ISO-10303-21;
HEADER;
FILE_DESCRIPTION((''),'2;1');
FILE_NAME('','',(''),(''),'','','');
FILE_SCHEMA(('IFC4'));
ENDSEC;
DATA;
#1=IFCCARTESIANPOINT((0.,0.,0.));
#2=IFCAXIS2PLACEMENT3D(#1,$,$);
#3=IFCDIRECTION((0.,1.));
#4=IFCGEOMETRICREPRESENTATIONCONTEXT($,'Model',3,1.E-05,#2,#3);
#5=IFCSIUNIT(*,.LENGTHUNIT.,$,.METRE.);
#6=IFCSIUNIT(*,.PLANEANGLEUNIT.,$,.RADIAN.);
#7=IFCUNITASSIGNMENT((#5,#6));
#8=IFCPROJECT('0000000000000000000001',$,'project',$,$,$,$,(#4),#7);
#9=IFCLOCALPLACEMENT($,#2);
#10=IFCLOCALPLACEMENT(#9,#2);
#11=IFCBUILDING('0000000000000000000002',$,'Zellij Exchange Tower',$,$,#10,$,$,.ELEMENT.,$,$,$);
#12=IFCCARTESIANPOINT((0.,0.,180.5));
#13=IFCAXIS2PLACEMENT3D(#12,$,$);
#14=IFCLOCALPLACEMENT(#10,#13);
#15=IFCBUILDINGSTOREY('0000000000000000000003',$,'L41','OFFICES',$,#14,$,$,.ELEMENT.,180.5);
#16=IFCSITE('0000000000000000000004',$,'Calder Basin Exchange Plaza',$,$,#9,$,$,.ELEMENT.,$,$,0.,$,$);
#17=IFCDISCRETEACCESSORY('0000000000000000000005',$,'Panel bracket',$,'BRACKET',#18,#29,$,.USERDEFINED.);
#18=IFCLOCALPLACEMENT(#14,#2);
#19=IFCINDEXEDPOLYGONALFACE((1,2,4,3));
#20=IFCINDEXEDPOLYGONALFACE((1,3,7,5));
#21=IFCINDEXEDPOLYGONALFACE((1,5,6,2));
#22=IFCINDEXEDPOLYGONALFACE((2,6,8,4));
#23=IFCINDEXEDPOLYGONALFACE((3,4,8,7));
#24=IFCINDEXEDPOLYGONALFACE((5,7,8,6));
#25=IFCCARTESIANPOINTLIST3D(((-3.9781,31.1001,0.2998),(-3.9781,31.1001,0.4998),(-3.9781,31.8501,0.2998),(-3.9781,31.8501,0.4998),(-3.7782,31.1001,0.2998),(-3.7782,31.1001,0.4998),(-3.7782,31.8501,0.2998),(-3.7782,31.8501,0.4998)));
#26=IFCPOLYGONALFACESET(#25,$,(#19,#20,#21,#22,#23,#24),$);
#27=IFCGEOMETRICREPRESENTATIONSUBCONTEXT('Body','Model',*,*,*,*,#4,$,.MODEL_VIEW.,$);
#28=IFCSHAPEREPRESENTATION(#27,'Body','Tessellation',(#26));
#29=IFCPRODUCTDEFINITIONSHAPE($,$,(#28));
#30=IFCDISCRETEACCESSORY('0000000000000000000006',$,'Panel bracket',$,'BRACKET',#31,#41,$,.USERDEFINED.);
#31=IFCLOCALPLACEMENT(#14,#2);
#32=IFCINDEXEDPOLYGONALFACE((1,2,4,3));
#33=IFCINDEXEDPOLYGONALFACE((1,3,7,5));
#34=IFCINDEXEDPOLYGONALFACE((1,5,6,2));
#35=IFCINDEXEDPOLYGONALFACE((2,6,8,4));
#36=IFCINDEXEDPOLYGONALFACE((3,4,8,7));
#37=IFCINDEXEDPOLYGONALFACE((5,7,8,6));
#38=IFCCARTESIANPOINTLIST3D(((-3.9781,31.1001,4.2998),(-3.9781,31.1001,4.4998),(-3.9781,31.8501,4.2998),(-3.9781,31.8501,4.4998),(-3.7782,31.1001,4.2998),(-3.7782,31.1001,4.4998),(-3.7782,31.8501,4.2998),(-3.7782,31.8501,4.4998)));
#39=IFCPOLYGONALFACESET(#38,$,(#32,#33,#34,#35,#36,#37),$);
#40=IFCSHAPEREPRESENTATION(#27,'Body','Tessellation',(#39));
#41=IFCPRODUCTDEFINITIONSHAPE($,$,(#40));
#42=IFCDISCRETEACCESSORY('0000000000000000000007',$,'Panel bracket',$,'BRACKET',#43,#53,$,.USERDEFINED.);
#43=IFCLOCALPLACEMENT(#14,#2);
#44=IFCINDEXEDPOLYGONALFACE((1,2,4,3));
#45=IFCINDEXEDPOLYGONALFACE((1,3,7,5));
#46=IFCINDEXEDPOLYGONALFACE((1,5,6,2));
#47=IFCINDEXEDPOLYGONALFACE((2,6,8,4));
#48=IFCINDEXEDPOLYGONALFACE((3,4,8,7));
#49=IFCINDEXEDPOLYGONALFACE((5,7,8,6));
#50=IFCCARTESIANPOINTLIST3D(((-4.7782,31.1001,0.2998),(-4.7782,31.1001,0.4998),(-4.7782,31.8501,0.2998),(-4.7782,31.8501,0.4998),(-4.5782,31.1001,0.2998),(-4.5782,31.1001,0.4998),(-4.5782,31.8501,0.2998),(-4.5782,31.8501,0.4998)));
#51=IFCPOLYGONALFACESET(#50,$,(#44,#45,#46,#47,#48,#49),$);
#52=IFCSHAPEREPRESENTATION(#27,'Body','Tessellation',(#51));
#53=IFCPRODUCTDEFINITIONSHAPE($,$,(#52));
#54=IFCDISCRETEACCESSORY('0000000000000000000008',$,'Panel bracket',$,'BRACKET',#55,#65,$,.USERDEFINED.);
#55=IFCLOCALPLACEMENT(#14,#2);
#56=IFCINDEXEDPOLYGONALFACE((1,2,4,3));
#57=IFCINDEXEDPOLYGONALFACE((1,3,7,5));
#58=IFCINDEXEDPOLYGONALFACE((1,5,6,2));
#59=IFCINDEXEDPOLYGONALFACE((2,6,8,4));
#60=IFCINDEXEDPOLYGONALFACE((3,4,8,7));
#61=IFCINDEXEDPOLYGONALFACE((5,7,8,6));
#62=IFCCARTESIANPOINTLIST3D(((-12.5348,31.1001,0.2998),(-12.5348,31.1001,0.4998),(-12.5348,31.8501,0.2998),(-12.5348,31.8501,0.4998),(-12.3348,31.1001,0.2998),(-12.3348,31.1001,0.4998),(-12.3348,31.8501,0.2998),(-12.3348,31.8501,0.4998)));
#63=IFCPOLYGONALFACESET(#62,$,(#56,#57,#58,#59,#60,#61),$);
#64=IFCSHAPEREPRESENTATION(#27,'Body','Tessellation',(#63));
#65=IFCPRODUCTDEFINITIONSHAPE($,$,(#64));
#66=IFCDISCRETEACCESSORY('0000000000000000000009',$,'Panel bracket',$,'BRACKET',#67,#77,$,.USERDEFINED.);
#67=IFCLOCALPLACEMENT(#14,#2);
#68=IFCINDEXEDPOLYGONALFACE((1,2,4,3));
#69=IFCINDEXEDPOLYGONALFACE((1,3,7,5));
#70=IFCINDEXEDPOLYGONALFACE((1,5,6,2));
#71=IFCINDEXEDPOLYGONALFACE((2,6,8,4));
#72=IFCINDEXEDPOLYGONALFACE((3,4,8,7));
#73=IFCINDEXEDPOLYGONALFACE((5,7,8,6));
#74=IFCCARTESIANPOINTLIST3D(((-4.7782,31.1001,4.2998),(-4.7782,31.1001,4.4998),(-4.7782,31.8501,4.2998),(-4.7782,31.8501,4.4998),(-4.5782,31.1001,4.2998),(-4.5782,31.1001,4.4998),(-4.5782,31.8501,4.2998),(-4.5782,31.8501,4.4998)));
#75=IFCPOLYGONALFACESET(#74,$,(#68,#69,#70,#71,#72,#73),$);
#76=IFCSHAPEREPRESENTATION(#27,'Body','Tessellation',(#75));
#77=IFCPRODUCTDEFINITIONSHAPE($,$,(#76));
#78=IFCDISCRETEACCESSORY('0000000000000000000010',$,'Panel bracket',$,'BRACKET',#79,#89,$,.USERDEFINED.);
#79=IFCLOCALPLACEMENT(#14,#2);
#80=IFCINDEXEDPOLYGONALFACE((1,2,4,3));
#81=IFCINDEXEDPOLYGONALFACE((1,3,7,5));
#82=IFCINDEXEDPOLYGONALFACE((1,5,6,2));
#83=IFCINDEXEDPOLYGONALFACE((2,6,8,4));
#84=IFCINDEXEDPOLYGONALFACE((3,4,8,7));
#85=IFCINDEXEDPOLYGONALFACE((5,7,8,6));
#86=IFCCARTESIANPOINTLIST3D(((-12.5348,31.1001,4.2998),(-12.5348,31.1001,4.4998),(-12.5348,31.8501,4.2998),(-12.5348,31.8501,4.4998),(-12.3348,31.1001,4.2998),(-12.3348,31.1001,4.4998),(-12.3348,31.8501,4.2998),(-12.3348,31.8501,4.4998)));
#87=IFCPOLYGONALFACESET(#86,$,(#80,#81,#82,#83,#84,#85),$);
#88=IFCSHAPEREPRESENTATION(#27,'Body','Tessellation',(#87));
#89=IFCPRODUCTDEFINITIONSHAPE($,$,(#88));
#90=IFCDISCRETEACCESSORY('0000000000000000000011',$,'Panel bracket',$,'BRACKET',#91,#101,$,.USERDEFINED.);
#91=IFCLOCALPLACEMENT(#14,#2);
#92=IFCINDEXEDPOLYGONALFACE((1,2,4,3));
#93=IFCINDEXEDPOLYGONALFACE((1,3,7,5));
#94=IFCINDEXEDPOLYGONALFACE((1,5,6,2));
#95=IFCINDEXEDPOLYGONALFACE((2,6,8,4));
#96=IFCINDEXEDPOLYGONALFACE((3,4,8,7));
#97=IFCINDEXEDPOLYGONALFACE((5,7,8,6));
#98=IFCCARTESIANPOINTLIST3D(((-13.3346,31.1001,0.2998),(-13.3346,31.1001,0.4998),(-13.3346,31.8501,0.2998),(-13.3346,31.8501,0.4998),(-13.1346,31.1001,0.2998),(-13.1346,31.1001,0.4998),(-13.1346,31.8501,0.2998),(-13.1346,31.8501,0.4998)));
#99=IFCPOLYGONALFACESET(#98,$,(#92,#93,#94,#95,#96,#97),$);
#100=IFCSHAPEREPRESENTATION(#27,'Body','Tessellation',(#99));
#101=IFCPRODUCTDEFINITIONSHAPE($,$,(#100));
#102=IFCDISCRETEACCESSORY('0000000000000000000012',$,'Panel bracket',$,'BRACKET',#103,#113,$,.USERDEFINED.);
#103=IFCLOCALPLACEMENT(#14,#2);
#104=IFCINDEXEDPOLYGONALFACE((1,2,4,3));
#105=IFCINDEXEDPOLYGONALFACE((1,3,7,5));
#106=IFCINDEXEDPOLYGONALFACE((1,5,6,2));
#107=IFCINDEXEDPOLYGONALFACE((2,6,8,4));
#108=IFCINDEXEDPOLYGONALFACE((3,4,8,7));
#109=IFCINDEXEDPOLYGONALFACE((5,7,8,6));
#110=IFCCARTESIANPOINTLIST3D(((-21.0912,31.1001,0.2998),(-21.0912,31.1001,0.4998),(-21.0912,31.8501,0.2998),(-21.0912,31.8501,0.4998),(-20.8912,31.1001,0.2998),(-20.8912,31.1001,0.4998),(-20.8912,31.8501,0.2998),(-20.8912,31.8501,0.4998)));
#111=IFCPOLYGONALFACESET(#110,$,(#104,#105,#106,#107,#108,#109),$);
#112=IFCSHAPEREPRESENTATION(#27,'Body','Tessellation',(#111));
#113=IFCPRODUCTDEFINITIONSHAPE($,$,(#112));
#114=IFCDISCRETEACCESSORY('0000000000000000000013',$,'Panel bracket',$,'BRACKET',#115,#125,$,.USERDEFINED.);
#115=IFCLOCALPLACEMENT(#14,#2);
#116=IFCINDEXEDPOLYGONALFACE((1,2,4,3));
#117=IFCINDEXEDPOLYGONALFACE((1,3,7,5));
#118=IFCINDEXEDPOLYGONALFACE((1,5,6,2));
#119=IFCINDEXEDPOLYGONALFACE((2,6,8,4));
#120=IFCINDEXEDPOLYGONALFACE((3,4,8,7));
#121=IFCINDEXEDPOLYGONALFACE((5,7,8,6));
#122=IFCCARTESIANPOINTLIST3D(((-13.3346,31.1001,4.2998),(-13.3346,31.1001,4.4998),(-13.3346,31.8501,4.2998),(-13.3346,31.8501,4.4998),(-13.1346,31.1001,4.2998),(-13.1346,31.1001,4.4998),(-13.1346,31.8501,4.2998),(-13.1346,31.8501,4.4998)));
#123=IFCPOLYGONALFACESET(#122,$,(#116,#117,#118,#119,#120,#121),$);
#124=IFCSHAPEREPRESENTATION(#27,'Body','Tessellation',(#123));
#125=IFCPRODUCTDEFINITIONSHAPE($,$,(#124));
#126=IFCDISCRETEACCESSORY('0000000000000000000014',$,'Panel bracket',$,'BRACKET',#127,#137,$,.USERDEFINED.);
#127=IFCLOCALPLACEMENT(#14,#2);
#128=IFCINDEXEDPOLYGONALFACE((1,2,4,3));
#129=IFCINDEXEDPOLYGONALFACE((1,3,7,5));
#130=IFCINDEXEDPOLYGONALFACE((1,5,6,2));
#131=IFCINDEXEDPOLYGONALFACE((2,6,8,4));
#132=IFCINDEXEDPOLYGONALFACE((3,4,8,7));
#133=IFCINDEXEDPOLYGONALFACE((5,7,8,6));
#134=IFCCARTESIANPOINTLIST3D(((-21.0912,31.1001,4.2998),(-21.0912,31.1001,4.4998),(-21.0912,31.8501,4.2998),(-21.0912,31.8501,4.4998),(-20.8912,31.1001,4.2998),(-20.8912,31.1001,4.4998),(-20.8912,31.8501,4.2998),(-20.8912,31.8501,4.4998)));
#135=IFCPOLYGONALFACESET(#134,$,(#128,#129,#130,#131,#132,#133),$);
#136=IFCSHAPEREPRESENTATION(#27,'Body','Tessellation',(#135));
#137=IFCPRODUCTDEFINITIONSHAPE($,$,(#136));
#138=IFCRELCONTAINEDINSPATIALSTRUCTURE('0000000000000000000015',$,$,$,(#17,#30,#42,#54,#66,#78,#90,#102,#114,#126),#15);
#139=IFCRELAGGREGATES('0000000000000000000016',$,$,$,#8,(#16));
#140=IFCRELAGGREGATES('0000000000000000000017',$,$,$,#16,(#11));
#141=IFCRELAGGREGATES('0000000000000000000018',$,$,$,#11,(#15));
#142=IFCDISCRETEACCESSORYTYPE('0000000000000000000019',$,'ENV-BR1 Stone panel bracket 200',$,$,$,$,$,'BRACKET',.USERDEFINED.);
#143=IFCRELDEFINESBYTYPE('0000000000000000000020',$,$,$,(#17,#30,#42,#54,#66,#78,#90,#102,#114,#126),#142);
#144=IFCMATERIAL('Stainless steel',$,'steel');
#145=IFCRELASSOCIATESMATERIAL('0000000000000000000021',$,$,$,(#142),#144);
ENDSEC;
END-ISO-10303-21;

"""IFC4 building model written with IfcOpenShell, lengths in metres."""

from ifc_helpers import new_model, si_unit, direction, frame, origin, origin_2d, place, context, subcontext, project, spatial, rectangle, extrude, material, type_object, element, save


model = new_model("IFC4")

# Units and contexts
model_context = context("Model", 3, precision=1e-05, world=origin(), true_north=direction((0.0, 1.0)))
body_context = subcontext(model_context, "Body", "Model", "MODEL_VIEW")
ifc_project = project(units=[si_unit("LENGTHUNIT", "METRE"), si_unit("PLANEANGLEUNIT", "RADIAN")], contexts=[model_context])

# Site, building, storey
site_placement = place(None, origin())
site = spatial("IfcSite", under=ifc_project, at=site_placement, Name="Calder Basin Exchange Plaza", CompositionType="ELEMENT", RefElevation=0.0)
building_placement = place(site_placement, origin())
building = spatial("IfcBuilding", under=site, at=building_placement, Name="Zellij Exchange Tower", CompositionType="ELEMENT")
storey_placement = place(building_placement, frame((0.0, 0.0, 180.5)))
storey = spatial("IfcBuildingStorey", under=building, at=storey_placement, Name="L41", Description="OFFICES", CompositionType="ELEMENT", Elevation=180.5)

# Discrete accessories
ifc_material_1 = material(Name="Stainless steel", Category="steel")
discrete_accessory_type = type_object("IfcDiscreteAccessoryType", Name="ENV-BR1 Stone panel bracket 200", ElementType="BRACKET", PredefinedType="USERDEFINED", material=ifc_material_1)
for number, where, z_axis, x_axis, name in (
    (1, (-3.8782, 31.4751, 0.2998), (0.0, 0.0, 1.0), (-1.0, 0.0, 0.0), "Panel bracket"),
    (2, (-3.8782, 31.4751, 4.2998), (0.0, 0.0, 1.0), (-1.0, 0.0, 0.0), "Panel bracket"),
    (3, (-4.6782, 31.4751, 0.2998), (0.0, 0.0, 1.0), (-1.0, 0.0, 0.0), "Panel bracket"),
    (4, (-12.4348, 31.4751, 0.2998), (0.0, 0.0, 1.0), (-1.0, 0.0, 0.0), "Panel bracket"),
    (5, (-4.6782, 31.4751, 4.2998), (0.0, 0.0, 1.0), (-1.0, 0.0, 0.0), "Panel bracket"),
    (6, (-12.4348, 31.4751, 4.2998), (0.0, 0.0, 1.0), (-1.0, 0.0, 0.0), "Panel bracket"),
    (7, (-13.2346, 31.4751, 0.2998), (0.0, 0.0, 1.0), (-1.0, 0.0, 0.0), "Panel bracket"),
    (8, (-20.9912, 31.4751, 0.2998), (0.0, 0.0, 1.0), (-1.0, 0.0, 0.0), "Panel bracket"),
    (9, (-13.2346, 31.4751, 4.2998), (0.0, 0.0, 1.0), (-1.0, 0.0, 0.0), "Panel bracket"),
    (10, (-20.9912, 31.4751, 4.2998), (0.0, 0.0, 1.0), (-1.0, 0.0, 0.0), "Panel bracket"),
):
    element("IfcDiscreteAccessory", number, at=place(storey_placement, frame(where, z_axis=z_axis, x_axis=x_axis)), inside=storey, type_object=discrete_accessory_type, Name=name, ObjectType="BRACKET", PredefinedType="USERDEFINED", context=body_context, shape_type="SweptSolid", body=[
        extrude(rectangle(XDim=0.2, YDim=0.75, at=origin_2d()), origin(), (0.0, 0.0, 1.0), 0.2),
    ])

save(model, "model.ifc")
